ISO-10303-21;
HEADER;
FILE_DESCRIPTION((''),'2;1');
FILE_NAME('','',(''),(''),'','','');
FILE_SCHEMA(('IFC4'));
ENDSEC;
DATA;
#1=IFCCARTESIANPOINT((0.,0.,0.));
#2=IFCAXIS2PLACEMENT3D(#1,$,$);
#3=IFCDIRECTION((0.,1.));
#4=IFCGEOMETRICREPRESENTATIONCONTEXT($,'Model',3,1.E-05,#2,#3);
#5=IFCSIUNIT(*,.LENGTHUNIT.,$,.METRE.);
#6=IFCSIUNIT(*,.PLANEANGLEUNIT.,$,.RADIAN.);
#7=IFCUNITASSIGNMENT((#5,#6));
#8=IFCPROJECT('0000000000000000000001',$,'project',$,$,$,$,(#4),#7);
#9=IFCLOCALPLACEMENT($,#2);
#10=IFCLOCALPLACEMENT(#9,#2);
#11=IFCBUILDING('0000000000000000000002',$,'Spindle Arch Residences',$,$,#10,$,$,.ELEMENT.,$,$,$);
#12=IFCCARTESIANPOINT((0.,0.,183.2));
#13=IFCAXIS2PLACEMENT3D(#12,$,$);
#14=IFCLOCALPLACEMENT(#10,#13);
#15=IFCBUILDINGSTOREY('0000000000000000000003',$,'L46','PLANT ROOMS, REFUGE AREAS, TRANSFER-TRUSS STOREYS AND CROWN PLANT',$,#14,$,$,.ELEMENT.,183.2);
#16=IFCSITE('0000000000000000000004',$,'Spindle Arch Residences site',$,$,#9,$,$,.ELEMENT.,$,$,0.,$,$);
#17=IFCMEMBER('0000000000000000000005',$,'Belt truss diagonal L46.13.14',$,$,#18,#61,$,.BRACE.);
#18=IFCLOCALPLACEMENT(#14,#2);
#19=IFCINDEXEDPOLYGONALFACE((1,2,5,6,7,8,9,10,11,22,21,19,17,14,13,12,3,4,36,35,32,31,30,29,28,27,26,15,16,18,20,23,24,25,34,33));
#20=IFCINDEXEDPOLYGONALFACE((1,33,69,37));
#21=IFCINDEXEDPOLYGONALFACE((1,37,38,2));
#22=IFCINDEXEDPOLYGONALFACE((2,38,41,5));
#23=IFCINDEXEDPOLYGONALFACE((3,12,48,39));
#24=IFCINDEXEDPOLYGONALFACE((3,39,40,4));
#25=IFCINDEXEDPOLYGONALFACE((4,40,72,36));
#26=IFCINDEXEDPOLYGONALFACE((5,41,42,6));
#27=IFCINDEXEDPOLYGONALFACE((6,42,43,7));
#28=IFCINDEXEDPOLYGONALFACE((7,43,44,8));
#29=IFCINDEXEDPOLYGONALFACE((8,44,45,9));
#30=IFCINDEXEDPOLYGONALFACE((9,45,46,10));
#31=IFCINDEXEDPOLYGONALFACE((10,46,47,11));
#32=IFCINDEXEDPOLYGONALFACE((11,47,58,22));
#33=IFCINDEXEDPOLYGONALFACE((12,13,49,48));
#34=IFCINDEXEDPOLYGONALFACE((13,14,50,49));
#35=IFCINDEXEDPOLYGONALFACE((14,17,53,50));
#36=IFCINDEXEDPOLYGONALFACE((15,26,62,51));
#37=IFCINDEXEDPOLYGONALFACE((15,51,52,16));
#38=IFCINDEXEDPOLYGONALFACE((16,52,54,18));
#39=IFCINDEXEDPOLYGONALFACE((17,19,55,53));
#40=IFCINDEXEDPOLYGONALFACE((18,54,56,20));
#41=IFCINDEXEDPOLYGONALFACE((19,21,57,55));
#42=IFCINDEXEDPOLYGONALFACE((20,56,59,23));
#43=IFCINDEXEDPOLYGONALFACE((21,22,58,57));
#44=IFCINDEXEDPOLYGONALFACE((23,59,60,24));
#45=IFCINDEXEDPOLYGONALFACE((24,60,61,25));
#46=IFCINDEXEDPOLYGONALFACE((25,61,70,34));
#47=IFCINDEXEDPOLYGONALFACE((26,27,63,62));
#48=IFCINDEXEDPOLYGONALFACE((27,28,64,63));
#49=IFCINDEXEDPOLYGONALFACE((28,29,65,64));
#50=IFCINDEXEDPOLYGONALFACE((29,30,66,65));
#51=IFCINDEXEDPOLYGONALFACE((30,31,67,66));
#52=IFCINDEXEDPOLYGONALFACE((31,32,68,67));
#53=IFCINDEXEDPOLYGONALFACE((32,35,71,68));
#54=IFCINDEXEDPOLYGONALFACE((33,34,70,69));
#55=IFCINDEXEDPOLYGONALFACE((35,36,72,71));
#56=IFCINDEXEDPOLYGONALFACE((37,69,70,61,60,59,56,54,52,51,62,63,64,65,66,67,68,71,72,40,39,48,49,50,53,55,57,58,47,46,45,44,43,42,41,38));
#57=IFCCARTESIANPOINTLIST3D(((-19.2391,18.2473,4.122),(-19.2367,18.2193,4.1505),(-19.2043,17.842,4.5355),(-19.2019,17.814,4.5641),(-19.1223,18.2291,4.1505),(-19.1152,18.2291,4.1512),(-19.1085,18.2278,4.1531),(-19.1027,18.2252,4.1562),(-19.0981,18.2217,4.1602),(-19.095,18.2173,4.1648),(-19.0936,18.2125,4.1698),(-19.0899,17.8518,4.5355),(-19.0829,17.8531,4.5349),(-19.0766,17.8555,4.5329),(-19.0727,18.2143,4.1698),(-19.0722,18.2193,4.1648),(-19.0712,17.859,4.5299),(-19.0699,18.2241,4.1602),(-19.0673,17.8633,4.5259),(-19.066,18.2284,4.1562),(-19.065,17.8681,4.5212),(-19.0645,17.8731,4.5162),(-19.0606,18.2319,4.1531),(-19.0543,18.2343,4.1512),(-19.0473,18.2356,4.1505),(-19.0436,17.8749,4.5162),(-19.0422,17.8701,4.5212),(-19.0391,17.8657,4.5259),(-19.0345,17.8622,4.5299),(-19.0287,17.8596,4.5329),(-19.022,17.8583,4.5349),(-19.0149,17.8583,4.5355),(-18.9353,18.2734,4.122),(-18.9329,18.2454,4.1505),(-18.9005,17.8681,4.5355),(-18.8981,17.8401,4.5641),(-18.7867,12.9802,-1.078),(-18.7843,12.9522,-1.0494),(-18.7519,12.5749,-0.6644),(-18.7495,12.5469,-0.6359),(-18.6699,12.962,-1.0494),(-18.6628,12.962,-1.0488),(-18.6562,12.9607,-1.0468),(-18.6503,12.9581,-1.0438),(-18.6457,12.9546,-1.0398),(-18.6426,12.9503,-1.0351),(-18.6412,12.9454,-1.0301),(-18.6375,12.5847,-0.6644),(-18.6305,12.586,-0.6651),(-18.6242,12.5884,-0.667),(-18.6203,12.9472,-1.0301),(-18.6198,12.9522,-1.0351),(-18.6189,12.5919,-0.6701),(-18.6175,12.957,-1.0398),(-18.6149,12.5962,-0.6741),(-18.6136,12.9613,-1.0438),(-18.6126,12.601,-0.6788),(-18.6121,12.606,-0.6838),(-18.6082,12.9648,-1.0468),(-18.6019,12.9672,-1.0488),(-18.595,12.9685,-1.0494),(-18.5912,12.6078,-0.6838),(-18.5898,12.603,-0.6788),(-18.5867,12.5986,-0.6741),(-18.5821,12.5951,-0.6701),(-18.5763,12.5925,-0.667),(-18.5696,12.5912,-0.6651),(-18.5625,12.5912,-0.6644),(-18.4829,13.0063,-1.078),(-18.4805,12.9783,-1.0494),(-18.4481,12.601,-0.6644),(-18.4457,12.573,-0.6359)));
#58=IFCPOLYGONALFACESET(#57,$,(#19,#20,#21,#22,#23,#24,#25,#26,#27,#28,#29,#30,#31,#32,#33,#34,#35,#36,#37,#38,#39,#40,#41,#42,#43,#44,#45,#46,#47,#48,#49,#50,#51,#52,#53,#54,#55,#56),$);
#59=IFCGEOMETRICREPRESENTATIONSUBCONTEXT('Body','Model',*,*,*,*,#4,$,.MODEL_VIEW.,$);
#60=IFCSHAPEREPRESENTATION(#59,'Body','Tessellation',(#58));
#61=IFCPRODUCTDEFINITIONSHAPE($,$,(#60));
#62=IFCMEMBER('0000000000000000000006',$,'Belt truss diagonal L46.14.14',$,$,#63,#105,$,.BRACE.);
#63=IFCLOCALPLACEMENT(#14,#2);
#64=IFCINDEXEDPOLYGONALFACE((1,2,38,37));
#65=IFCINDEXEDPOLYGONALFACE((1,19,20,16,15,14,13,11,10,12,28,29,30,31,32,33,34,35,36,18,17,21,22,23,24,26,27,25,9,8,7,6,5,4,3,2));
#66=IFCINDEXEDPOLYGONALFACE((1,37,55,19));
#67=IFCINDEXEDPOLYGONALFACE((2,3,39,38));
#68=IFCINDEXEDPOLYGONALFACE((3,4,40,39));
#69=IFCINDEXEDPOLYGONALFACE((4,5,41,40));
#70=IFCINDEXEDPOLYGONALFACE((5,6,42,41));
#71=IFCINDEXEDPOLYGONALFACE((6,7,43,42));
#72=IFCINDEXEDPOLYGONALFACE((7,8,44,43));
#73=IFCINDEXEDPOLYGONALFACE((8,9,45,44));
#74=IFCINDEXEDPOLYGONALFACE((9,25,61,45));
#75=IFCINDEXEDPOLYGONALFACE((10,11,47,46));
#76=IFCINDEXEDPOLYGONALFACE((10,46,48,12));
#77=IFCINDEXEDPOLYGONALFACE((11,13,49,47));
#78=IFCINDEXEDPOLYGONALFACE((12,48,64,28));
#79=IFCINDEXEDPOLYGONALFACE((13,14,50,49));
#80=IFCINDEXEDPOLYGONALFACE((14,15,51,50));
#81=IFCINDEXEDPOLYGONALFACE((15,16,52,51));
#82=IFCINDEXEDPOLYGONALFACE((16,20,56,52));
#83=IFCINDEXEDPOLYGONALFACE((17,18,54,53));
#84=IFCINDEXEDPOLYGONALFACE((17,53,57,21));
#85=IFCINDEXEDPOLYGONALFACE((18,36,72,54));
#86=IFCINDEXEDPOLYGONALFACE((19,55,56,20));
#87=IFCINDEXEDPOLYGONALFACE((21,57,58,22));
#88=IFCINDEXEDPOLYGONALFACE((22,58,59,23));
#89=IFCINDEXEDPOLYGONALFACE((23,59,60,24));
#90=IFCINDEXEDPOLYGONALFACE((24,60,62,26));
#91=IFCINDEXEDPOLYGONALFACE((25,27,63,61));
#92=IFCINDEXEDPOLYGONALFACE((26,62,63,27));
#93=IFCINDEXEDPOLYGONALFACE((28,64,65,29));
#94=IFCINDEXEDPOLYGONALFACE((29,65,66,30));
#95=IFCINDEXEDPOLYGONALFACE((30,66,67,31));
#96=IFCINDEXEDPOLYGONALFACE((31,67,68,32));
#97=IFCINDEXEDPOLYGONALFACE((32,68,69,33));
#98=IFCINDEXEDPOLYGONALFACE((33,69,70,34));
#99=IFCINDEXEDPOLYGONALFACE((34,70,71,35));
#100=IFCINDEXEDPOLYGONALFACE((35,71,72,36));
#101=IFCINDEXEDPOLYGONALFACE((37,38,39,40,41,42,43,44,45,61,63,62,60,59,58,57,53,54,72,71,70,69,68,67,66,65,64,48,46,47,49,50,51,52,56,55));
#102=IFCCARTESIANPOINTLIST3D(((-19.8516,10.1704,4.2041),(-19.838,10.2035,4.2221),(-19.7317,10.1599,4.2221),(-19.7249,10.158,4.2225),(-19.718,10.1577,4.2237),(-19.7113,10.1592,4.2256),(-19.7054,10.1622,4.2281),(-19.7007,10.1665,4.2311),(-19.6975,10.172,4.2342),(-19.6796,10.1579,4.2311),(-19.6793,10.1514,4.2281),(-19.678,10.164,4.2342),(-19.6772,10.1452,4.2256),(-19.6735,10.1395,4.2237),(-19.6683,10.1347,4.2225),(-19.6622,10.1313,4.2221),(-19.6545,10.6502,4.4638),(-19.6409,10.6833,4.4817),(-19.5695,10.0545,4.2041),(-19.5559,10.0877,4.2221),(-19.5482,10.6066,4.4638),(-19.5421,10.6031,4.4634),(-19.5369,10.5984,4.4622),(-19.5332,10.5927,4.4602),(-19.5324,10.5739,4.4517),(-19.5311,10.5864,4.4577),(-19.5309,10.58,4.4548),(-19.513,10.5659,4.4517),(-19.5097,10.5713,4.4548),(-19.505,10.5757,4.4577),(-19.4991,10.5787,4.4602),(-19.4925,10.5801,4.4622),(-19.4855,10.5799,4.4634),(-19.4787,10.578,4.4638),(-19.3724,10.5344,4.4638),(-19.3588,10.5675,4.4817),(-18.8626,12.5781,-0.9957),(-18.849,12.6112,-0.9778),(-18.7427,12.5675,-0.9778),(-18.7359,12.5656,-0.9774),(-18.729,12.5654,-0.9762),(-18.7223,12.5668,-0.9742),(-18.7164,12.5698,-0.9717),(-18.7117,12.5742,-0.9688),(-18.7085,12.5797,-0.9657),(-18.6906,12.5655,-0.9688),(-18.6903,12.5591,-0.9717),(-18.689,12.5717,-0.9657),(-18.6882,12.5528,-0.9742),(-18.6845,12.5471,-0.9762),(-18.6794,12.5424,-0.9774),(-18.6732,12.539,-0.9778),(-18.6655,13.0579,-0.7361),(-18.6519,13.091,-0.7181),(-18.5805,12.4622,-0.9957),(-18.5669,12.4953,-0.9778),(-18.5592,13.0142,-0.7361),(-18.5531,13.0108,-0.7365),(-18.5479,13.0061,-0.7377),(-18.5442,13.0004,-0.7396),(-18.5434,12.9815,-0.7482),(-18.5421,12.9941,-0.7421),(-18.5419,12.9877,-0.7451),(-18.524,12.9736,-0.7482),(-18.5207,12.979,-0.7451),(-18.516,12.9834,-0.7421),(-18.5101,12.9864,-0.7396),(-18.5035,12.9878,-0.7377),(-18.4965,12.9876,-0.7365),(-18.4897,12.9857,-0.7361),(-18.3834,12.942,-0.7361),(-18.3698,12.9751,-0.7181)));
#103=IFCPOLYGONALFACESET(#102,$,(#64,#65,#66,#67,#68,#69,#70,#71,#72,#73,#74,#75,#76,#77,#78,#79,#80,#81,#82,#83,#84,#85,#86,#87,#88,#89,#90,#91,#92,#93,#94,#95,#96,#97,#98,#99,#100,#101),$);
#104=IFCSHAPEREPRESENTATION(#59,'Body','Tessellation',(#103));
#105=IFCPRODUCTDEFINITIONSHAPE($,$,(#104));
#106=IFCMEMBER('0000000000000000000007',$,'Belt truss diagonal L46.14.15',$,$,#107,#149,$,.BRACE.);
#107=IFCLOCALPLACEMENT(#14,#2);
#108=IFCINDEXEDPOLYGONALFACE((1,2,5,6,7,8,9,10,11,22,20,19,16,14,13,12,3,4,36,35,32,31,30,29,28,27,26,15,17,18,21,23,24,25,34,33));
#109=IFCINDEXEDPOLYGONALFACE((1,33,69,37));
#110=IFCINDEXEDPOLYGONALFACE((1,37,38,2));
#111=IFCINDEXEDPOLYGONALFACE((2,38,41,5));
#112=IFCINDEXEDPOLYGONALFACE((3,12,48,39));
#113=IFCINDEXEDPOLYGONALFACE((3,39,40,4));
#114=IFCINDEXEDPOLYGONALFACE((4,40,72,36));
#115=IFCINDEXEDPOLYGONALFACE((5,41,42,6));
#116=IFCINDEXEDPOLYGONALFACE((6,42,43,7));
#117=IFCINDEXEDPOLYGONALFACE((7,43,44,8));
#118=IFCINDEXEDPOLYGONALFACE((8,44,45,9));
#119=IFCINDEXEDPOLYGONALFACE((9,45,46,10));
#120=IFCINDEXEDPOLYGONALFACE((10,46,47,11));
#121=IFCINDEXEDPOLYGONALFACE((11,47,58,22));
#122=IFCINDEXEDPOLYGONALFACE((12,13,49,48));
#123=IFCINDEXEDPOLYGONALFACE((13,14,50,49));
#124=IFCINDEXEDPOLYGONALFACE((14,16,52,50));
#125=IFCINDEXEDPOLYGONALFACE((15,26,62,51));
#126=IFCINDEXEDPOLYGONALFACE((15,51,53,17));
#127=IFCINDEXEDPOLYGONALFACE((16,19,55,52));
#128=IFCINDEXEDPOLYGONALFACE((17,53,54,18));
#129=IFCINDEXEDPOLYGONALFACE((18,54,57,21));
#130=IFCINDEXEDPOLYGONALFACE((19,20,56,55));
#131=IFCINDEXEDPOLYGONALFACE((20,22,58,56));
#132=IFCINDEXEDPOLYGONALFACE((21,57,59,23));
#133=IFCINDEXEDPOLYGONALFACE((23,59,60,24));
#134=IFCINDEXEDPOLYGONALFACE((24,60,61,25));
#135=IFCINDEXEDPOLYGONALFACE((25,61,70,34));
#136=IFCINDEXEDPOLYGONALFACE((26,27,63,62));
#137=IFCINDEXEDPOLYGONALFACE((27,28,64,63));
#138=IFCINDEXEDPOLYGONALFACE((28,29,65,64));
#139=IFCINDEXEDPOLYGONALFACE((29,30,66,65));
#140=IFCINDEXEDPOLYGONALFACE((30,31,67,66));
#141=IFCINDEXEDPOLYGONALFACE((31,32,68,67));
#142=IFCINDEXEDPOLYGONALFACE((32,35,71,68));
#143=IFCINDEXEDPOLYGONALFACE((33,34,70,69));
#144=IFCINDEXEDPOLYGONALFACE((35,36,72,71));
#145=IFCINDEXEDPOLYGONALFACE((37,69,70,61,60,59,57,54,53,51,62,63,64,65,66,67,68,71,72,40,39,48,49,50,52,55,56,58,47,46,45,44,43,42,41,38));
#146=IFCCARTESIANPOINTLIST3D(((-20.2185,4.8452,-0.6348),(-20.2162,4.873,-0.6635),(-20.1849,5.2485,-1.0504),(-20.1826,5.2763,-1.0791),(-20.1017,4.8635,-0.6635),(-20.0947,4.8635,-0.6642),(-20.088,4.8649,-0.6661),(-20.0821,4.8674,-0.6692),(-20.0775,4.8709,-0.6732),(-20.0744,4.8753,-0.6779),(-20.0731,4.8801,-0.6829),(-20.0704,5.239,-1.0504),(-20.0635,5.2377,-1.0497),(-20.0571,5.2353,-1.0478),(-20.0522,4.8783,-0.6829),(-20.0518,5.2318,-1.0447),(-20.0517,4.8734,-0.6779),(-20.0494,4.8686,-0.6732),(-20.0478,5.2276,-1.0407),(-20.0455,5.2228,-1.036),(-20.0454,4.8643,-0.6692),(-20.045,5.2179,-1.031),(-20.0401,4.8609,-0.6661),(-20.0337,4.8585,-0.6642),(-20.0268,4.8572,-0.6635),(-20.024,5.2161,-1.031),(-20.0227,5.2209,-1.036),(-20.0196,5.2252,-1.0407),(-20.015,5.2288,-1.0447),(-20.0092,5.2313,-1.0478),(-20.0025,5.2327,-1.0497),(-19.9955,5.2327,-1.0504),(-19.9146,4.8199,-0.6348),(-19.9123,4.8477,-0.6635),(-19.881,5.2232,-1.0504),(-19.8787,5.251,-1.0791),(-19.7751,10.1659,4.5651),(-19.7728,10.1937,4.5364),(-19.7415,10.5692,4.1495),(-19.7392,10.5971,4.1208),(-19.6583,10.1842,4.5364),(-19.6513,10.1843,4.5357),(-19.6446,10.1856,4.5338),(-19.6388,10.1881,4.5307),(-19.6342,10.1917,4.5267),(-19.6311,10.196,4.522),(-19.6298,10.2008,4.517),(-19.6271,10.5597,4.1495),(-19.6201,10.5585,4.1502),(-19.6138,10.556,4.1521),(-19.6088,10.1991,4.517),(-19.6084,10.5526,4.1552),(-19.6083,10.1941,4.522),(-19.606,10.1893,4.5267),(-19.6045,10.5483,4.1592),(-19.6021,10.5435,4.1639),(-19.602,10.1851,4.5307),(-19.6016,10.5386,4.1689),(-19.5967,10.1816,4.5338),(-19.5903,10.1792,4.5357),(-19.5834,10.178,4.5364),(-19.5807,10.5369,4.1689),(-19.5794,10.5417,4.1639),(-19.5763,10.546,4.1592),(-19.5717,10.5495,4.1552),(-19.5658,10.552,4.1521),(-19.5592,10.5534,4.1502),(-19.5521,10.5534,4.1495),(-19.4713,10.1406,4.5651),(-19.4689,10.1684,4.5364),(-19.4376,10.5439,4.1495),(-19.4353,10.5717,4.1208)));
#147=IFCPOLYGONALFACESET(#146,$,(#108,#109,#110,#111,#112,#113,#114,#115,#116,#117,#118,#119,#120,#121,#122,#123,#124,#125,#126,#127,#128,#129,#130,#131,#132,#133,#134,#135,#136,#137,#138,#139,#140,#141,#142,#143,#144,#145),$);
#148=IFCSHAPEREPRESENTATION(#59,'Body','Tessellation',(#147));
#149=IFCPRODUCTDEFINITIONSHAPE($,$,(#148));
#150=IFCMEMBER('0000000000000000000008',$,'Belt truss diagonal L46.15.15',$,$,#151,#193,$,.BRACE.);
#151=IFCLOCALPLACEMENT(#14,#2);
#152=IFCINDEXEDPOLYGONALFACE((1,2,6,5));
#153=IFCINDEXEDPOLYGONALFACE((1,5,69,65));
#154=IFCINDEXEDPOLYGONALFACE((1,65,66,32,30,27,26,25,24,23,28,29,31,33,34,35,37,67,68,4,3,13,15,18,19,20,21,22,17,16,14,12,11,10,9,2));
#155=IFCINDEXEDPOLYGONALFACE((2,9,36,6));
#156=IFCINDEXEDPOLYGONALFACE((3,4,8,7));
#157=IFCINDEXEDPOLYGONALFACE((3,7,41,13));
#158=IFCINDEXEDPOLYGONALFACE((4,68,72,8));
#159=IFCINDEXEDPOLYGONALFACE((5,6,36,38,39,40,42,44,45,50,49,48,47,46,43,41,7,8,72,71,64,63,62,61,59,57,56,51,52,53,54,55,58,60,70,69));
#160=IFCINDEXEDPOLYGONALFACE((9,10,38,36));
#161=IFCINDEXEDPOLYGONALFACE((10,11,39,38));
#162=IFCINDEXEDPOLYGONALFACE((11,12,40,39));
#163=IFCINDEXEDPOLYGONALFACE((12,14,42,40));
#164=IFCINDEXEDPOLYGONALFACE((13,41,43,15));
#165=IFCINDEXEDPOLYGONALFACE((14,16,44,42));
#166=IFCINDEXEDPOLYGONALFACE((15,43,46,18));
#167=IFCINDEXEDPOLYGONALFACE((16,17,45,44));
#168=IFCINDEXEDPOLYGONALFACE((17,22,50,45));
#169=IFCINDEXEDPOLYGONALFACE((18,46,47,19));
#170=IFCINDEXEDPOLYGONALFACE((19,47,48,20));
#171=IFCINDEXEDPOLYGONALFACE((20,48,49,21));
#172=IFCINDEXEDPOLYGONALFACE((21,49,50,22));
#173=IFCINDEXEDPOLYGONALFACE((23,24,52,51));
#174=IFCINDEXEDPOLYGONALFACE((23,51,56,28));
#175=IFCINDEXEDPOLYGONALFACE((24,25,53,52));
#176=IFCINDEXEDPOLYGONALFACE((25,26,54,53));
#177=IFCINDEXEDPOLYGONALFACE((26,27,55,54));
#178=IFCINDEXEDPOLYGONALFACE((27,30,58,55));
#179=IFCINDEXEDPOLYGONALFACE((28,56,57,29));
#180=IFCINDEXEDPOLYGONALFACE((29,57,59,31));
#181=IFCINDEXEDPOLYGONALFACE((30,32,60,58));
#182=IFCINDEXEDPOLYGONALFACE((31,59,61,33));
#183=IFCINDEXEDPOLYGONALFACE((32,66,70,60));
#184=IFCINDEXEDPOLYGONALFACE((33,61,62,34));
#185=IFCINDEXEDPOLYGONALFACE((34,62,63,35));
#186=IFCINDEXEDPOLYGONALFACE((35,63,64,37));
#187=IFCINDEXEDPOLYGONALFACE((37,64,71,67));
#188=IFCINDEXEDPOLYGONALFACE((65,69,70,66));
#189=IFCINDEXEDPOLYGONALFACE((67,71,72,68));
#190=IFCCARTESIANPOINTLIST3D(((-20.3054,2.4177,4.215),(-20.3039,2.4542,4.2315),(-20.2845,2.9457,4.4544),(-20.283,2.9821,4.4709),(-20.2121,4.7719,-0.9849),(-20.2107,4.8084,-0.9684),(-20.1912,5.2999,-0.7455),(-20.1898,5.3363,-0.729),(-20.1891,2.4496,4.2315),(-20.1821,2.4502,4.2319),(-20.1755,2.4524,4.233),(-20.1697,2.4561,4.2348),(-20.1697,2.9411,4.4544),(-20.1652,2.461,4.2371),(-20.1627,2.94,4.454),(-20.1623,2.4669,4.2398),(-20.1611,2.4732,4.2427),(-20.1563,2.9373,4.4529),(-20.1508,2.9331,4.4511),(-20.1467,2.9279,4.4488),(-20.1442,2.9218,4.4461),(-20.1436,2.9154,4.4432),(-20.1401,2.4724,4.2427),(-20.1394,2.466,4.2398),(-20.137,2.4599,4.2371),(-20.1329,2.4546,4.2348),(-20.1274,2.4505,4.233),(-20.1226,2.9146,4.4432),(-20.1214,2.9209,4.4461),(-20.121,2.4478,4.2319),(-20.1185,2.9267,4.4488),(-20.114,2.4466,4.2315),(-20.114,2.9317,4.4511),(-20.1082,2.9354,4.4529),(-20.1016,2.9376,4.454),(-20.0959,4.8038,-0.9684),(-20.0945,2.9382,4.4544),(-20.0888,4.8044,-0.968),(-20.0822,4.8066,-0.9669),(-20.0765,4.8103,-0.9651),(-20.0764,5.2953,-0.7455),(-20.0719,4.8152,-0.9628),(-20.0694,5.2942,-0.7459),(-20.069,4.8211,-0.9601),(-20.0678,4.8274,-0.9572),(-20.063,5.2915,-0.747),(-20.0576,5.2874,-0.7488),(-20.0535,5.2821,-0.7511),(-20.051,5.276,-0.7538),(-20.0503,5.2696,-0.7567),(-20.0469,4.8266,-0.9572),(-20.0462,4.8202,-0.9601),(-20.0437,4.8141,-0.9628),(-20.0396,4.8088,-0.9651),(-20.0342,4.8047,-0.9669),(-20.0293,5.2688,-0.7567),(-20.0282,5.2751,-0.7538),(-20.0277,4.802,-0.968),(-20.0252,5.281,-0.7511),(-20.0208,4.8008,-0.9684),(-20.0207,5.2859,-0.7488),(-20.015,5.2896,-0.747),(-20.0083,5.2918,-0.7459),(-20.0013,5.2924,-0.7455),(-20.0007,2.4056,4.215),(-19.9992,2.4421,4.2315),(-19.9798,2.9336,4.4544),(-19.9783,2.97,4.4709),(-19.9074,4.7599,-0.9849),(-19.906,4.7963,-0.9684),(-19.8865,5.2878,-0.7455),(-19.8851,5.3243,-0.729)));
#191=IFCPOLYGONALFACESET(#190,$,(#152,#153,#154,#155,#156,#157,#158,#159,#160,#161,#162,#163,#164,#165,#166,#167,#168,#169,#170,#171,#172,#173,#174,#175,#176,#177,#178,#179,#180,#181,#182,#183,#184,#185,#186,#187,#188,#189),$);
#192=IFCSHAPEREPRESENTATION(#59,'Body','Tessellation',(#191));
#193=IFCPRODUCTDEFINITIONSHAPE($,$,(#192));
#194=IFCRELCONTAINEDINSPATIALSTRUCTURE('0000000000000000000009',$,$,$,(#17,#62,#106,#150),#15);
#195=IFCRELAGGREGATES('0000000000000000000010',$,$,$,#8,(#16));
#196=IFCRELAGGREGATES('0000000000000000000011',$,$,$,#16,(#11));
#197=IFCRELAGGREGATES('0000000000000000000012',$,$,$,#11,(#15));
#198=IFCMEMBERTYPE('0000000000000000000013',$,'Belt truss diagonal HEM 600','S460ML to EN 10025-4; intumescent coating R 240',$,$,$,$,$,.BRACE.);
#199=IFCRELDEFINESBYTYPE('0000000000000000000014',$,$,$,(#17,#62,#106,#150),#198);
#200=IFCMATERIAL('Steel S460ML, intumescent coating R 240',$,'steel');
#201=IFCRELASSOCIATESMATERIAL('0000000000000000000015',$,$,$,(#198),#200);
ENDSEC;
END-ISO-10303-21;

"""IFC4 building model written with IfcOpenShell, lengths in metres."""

from ifc_helpers import new_model, si_unit, direction, frame, origin, origin_2d, place, context, subcontext, project, spatial, i_section, extrude, material, material_profile, profile_set, type_object, element, save


model = new_model("IFC4")

# Units and contexts
model_context = context("Model", 3, precision=1e-05, world=origin(), true_north=direction((0.0, 1.0)))
body_context = subcontext(model_context, "Body", "Model", "MODEL_VIEW")
ifc_project = project(units=[si_unit("LENGTHUNIT", "METRE"), si_unit("PLANEANGLEUNIT", "RADIAN")], contexts=[model_context])

# Site, building, storey
site_placement = place(None, origin())
site = spatial("IfcSite", under=ifc_project, at=site_placement, Name="Spindle Arch Residences site", CompositionType="ELEMENT", RefElevation=0.0)
building_placement = place(site_placement, origin())
building = spatial("IfcBuilding", under=site, at=building_placement, Name="Spindle Arch Residences", CompositionType="ELEMENT")
storey_placement = place(building_placement, frame((0.0, 0.0, 183.2)))
storey = spatial("IfcBuildingStorey", under=building, at=storey_placement, Name="L46", Description="PLANT ROOMS, REFUGE AREAS, TRANSFER-TRUSS STOREYS AND CROWN PLANT", CompositionType="ELEMENT", Elevation=183.2)

# Members
ifc_material_1 = material(Name="Steel S460ML, intumescent coating R 240", Category="steel")
ifc_material_profile_1 = material_profile(ifc_material_1, i_section(OverallWidth=0.3049, OverallDepth=0.6201, WebThickness=0.021, FlangeThickness=0.04, FilletRadius=0.0271, at=origin_2d()), Name="HEM 600")
ifc_profile_set_1 = profile_set([ifc_material_profile_1], Name="Steel S460ML, intumescent coating R 240")
member_type_1 = type_object("IfcMemberType", Name="Belt truss diagonal HEM 600", Description="S460ML to EN 10025-4; intumescent coating R 240", PredefinedType="BRACE", material=ifc_profile_set_1)
member_1_placement = place(storey_placement, frame((-18.6162, 12.7766, -0.8569), z_axis=(-0.061008, 0.710302, 0.701248), x_axis=(-0.996332, -0.085575, 0.0)))
element("IfcMember", 1, at=member_1_placement, inside=storey, type_object=member_type_1, Name="Belt truss diagonal L46.13.14", PredefinedType="BRACE", context=body_context, shape_type="SweptSolid", body=[
    extrude(i_section(OverallWidth=0.3049, OverallDepth=0.6201, WebThickness=0.021, FlangeThickness=0.04, FilletRadius=0.0271, at=origin_2d()), origin(), (0.0, 0.0, 1.0), 7.4153),
])
member_2_placement = place(storey_placement, frame((-18.6162, 12.7766, -0.8569), z_axis=(-0.170078, -0.414049, 0.894224), x_axis=(0.925002, -0.379962, 0.0)))
element("IfcMember", 2, at=member_2_placement, inside=storey, type_object=member_type_1, Name="Belt truss diagonal L46.14.14", PredefinedType="BRACE", context=body_context, shape_type="SweptSolid", body=[
    extrude(i_section(OverallWidth=0.3049, OverallDepth=0.6201, WebThickness=0.021, FlangeThickness=0.04, FilletRadius=0.0271, at=origin_2d()), origin(), (0.0, 0.0, 1.0), 5.8149),
])
member_3_placement = place(storey_placement, frame((-20.0486, 5.0481, -0.8569), z_axis=(0.059487, 0.713915, 0.697701), x_axis=(-0.996546, 0.083038, 0.0)))
element("IfcMember", 3, at=member_3_placement, inside=storey, type_object=member_type_1, Name="Belt truss diagonal L46.14.15", PredefinedType="BRACE", context=body_context, shape_type="SweptSolid", body=[
    extrude(i_section(OverallWidth=0.3049, OverallDepth=0.6201, WebThickness=0.021, FlangeThickness=0.04, FilletRadius=0.0271, at=origin_2d()), origin(), (0.0, 0.0, 1.0), 7.4529),
])
member_4_placement = place(storey_placement, frame((-20.0486, 5.0481, -0.8569), z_axis=(-0.016336, -0.412388, 0.910862), x_axis=(0.999216, -0.039583, 0.0)))
element("IfcMember", 4, at=member_4_placement, inside=storey, type_object=member_type_1, Name="Belt truss diagonal L46.15.15", PredefinedType="BRACE", context=body_context, shape_type="SweptSolid", body=[
    extrude(i_section(OverallWidth=0.3049, OverallDepth=0.6201, WebThickness=0.021, FlangeThickness=0.04, FilletRadius=0.0271, at=origin_2d()), origin(), (0.0, 0.0, 1.0), 5.7087),
])

save(model, "model.ifc")
